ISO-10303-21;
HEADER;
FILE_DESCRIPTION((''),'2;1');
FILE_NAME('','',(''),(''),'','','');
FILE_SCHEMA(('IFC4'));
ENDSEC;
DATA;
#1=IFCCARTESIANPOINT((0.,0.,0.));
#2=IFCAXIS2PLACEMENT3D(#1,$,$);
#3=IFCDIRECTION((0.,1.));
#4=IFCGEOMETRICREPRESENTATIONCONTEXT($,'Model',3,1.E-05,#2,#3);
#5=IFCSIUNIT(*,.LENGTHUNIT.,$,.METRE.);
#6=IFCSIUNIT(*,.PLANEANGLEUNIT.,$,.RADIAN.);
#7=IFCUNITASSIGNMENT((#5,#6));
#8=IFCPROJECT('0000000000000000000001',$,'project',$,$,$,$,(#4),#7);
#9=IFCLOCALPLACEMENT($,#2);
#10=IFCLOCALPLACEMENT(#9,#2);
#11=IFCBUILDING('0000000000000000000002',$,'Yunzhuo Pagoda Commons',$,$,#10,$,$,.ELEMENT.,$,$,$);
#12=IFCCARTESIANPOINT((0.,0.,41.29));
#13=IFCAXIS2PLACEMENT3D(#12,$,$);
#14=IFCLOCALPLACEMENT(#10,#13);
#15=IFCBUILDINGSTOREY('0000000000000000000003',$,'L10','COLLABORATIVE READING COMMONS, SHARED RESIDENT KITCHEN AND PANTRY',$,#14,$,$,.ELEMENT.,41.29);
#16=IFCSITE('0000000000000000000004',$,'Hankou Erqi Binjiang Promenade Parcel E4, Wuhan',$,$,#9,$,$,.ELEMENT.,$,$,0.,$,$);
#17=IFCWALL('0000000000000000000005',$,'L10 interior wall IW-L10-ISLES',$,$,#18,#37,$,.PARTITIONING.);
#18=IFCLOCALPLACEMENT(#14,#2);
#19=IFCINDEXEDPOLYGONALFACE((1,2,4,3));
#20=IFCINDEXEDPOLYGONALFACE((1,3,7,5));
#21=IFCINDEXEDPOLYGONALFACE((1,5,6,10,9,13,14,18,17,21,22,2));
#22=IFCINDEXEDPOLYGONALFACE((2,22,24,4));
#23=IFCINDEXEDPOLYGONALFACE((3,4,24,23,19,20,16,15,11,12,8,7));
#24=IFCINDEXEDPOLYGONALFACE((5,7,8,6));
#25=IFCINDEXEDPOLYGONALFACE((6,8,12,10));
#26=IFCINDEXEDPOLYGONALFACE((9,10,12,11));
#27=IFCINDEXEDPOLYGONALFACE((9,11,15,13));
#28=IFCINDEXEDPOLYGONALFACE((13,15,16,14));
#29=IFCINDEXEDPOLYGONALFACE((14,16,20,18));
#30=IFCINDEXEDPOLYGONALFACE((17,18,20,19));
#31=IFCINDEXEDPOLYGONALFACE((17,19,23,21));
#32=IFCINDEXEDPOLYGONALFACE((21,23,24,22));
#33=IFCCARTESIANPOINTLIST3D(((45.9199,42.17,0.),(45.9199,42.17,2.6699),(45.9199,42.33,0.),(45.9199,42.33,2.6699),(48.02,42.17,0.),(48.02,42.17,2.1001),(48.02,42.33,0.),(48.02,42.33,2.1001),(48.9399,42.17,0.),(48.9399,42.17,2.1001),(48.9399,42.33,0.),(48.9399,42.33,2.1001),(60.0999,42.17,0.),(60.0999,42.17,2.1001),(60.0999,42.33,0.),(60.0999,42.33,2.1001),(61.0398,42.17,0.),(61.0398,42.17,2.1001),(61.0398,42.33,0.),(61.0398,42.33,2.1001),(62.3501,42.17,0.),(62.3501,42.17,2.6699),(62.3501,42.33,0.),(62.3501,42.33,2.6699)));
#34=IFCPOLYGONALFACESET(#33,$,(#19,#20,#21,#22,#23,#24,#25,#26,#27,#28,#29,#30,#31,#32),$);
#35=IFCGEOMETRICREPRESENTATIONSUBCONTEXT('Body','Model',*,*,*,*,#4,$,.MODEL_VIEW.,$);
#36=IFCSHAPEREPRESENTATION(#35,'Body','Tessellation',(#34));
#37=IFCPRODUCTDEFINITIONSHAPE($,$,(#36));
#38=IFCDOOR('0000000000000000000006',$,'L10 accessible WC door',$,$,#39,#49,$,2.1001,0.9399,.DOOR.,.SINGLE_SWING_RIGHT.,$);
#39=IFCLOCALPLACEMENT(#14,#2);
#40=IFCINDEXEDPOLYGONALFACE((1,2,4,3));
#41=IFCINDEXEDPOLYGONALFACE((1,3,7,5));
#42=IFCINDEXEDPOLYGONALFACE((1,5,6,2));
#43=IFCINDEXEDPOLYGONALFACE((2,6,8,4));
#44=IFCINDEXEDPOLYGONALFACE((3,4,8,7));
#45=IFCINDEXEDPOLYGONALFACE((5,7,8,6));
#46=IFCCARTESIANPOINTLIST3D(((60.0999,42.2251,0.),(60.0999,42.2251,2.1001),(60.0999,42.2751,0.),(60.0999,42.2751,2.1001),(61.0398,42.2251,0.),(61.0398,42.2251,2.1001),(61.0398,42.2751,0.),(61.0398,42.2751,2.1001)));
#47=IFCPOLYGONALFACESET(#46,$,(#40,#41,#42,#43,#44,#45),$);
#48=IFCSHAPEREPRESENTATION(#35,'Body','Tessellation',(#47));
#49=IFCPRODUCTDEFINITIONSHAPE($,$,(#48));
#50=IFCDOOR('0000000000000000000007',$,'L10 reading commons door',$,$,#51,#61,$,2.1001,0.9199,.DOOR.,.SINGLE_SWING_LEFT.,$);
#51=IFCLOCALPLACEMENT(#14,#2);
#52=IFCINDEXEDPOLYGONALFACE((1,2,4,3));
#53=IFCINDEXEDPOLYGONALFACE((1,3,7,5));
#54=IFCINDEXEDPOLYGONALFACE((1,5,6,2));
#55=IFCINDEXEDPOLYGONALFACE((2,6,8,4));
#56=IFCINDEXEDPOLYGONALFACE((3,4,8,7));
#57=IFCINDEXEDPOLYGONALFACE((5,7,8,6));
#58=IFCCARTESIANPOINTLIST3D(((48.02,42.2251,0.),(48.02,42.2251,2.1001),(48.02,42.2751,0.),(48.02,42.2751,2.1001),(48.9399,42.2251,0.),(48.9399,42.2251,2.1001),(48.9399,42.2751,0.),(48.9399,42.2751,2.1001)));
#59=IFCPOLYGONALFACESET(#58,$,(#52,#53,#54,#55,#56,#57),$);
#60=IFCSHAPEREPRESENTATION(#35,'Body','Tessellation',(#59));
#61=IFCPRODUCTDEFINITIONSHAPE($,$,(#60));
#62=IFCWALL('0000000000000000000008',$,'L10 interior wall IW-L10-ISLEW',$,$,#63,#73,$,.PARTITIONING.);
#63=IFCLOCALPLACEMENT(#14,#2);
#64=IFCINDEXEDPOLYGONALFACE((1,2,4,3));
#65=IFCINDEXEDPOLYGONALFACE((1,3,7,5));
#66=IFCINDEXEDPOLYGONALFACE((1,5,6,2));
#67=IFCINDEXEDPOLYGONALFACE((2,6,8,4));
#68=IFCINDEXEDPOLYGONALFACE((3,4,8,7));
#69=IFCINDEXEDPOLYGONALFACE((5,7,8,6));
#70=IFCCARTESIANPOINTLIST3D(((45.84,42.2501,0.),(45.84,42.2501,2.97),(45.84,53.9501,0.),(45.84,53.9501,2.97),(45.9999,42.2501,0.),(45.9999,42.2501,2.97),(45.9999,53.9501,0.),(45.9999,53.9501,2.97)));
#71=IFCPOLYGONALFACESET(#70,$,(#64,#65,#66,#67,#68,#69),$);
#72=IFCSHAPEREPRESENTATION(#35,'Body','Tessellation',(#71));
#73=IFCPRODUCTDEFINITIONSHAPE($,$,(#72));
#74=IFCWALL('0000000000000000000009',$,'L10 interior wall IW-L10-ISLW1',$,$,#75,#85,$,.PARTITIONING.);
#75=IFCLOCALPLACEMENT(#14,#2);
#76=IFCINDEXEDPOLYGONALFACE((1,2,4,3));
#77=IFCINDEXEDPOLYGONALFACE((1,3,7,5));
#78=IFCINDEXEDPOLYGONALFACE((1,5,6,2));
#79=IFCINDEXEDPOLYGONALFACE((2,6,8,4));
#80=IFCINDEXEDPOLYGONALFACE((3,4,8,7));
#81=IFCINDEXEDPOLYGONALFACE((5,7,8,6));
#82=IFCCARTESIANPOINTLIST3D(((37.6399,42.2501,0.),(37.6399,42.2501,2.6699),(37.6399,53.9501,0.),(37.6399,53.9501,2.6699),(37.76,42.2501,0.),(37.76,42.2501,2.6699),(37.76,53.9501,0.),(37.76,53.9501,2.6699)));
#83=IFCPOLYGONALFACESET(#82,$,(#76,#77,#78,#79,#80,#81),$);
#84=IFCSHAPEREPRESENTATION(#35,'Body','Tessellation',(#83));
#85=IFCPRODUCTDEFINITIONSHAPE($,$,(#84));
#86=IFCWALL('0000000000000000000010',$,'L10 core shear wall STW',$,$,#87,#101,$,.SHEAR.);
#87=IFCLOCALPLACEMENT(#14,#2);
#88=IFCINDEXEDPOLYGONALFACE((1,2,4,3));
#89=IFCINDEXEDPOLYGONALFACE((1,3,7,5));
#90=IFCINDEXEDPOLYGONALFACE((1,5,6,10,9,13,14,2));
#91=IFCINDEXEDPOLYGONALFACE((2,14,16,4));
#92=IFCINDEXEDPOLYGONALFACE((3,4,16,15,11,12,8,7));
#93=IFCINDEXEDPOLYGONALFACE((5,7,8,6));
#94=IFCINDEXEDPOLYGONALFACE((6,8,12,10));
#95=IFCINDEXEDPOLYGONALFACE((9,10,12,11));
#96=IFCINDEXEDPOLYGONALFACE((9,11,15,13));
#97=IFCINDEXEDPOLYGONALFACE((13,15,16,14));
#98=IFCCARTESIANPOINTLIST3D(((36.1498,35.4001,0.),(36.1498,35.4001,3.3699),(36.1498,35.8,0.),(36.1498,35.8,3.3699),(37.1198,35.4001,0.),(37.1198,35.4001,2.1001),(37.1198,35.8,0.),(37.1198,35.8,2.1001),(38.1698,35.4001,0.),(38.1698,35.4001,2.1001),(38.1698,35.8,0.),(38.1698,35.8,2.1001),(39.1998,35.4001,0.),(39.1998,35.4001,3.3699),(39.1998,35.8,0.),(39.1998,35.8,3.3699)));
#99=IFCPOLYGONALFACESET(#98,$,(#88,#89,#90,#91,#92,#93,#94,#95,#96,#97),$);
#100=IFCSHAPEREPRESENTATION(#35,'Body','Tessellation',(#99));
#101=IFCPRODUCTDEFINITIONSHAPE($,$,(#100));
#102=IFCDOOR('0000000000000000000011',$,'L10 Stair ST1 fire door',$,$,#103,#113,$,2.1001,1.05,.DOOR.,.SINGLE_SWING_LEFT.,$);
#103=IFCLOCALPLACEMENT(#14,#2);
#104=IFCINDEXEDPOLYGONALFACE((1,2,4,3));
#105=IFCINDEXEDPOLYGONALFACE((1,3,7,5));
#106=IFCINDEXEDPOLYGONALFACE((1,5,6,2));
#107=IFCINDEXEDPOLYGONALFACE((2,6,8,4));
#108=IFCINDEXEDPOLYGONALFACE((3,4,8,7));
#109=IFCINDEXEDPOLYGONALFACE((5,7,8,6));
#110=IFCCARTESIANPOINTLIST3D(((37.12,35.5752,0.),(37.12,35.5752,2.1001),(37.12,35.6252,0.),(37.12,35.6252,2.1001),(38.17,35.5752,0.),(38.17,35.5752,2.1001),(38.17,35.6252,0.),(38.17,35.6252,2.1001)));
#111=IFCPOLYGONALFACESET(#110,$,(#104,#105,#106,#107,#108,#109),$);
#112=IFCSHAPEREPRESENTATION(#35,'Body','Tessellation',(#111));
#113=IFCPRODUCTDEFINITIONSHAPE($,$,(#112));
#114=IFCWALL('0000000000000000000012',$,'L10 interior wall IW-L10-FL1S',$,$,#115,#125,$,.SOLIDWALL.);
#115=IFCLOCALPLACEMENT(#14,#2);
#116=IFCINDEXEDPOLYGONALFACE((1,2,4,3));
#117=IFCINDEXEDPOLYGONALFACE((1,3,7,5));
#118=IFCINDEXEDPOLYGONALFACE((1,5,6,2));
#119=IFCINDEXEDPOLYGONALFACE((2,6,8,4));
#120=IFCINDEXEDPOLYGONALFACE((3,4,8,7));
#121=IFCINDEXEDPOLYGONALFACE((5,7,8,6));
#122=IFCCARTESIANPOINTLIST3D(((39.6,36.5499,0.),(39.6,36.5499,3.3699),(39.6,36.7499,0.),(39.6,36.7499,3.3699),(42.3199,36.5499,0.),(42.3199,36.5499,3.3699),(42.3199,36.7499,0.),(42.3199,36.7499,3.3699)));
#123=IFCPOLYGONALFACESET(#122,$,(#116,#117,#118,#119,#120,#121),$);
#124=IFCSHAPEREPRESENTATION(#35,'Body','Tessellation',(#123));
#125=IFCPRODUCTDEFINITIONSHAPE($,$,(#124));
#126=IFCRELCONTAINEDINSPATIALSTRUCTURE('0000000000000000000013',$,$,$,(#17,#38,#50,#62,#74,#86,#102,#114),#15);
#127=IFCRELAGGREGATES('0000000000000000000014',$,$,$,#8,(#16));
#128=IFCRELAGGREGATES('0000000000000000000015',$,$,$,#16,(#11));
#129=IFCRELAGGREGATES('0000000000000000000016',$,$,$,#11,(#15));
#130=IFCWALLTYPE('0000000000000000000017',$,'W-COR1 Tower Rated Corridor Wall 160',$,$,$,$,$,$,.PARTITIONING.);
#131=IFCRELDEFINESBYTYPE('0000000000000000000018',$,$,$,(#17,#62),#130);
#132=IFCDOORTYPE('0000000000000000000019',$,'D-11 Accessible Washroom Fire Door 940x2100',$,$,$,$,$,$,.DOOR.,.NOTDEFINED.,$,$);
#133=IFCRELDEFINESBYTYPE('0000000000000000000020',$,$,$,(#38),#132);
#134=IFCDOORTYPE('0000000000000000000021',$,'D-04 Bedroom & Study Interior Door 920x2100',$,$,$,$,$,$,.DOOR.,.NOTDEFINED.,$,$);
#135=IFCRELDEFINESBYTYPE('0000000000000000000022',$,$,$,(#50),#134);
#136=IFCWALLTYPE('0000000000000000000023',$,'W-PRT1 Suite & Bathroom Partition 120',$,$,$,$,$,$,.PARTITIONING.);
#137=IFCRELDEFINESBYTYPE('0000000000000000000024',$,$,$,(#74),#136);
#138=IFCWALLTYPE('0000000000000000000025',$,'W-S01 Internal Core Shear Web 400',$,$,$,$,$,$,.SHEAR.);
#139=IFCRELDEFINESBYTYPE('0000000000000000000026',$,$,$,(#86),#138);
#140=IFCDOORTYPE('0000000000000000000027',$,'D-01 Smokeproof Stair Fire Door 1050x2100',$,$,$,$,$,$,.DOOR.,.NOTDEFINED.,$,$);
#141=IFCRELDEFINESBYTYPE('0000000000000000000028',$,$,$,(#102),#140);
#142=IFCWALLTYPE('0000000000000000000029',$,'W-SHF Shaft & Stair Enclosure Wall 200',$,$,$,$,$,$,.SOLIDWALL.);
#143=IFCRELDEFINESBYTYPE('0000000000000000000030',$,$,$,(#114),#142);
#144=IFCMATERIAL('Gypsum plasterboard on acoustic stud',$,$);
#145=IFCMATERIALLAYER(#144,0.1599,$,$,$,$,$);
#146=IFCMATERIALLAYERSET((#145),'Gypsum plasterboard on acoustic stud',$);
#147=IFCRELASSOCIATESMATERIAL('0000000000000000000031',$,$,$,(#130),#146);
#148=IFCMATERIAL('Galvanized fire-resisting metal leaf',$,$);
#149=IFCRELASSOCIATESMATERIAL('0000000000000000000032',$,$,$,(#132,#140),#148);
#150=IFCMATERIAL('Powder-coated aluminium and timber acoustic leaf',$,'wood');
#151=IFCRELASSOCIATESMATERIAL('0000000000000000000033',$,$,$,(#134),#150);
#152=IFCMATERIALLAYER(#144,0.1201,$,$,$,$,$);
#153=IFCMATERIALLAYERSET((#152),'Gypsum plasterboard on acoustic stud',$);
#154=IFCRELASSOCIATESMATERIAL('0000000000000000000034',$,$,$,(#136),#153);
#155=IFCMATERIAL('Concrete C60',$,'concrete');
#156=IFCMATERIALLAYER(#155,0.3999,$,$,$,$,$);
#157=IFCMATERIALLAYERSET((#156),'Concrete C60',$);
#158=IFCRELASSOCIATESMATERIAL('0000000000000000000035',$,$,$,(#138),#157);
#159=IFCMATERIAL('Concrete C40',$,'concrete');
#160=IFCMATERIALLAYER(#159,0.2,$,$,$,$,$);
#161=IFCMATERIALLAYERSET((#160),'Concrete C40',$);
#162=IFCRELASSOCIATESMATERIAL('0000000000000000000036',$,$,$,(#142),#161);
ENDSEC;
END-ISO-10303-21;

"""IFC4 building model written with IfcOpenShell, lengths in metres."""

from ifc_helpers import new_model, si_unit, direction, frame, frame_2d, origin, place, context, subcontext, project, spatial, rectangle, extrude, source, transform, mapped, material, layer, layer_set, type_object, element, fill, save


model = new_model("IFC4")

# Units and contexts
model_context = context("Model", 3, precision=1e-05, world=origin(), true_north=direction((0.0, 1.0)))
body_context = subcontext(model_context, "Body", "Model", "MODEL_VIEW")
ifc_project = project(units=[si_unit("LENGTHUNIT", "METRE"), si_unit("PLANEANGLEUNIT", "RADIAN")], contexts=[model_context])

# Site, building, storey
site_placement = place(None, origin())
site = spatial("IfcSite", under=ifc_project, at=site_placement, Name="Hankou Erqi Binjiang Promenade Parcel E4, Wuhan", CompositionType="ELEMENT", RefElevation=0.0)
building_placement = place(site_placement, origin())
building = spatial("IfcBuilding", under=site, at=building_placement, Name="Yunzhuo Pagoda Commons", CompositionType="ELEMENT")
storey_placement = place(building_placement, frame((0.0, 0.0, 41.29)))
storey = spatial("IfcBuildingStorey", under=building, at=storey_placement, Name="L10", Description="COLLABORATIVE READING COMMONS, SHARED RESIDENT KITCHEN AND PANTRY", CompositionType="ELEMENT", Elevation=41.29)

# Shared definitions
ifc_material_1 = material(Name="Concrete C60", Category="concrete")
ifc_material_2 = material(Name="Galvanized fire-resisting metal leaf")
shared_shape_1 = source(origin(), body_context, "Body", "SweptSolid", [
    extrude(rectangle(XDim=1.05, YDim=2.1001, at=frame_2d((0.5249, 1.05))), frame((0.0, 0.0249, 0.0), z_axis=(0.0, -1.0, 0.0), x_axis=(1.0, 0.0, 0.0)), (0.0, 0.0, 1.0), 0.05),
])

# Shared definitions
ifc_material_3 = material(Name="Gypsum plasterboard on acoustic stud")
ifc_layer_1 = layer(ifc_material_3, 0.1599)
ifc_layer_set_1 = layer_set([ifc_layer_1], Name="Gypsum plasterboard on acoustic stud")
wall_type_1 = type_object("IfcWallType", Name="W-COR1 Tower Rated Corridor Wall 160", PredefinedType="PARTITIONING", material=ifc_layer_set_1)

# Wall, openings, doors
wall_1_placement = place(storey_placement, frame((45.9199, 42.25, 0.0), z_axis=(0.0, 0.0, 1.0), x_axis=(1.0, 0.0, 0.0)))
wall_1 = element("IfcWall", 1, at=wall_1_placement, inside=storey, type_object=wall_type_1, Name="L10 interior wall IW-L10-ISLES", PredefinedType="PARTITIONING", context=body_context, shape_type="SweptSolid", body=[
    extrude(rectangle(XDim=16.4302, YDim=0.1599, at=frame_2d((8.2151, 0.0))), origin(), (0.0, 0.0, 1.0), 2.6699),
])
opening_1_placement = place(wall_1_placement, frame((2.1001, 0.0, 0.0)))
opening_1 = element("IfcOpeningElement", 2, at=opening_1_placement, cuts=wall_1, PredefinedType="OPENING", context=body_context, shape_type="SweptSolid", body=[
    extrude(rectangle(XDim=0.9199, YDim=2.1001, at=frame_2d((0.46, 1.05))), frame((0.0, 0.0898, 0.0), z_axis=(0.0, -1.0, 0.0), x_axis=(1.0, 0.0, 0.0)), (0.0, 0.0, 1.0), 0.1799),
])
opening_2_placement = place(wall_1_placement, frame((14.1799, 0.0, 0.0)))
opening_2 = element("IfcOpeningElement", 3, at=opening_2_placement, cuts=wall_1, PredefinedType="OPENING", context=body_context, shape_type="SweptSolid", body=[
    extrude(rectangle(XDim=0.9399, YDim=2.1001, at=frame_2d((0.47, 1.05))), frame((0.0, 0.0898, 0.0), z_axis=(0.0, -1.0, 0.0), x_axis=(1.0, 0.0, 0.0)), (0.0, 0.0, 1.0), 0.1799),
])
door_type_1 = type_object("IfcDoorType", Name="D-11 Accessible Washroom Fire Door 940x2100", OperationType="NOTDEFINED", PredefinedType="DOOR", material=ifc_material_2)
shared_shape_2 = source(origin(), body_context, "Body", "SweptSolid", [
    extrude(rectangle(XDim=0.9399, YDim=2.1001, at=frame_2d((0.47, 1.05))), frame((0.0, 0.0249, 0.0), z_axis=(0.0, -1.0, 0.0), x_axis=(1.0, 0.0, 0.0)), (0.0, 0.0, 1.0), 0.05),
])
door_1_placement = place(opening_2_placement, frame((0.9399, 0.0, 0.0), z_axis=(0.0, 0.0, 1.0), x_axis=(-1.0, 0.0, 0.0)))
door_1 = element("IfcDoor", 4, at=door_1_placement, inside=storey, type_object=door_type_1, Name="L10 accessible WC door", OperationType="SINGLE_SWING_RIGHT", OverallHeight=2.1001, OverallWidth=0.9399, PredefinedType="DOOR", context=body_context, shape_type="MappedRepresentation", body=[
    mapped(shared_shape_2, transform((0.0, 0.0, 0.0), scale=1.0)),
])
fill(opening_2, door_1)
ifc_material_4 = material(Name="Powder-coated aluminium and timber acoustic leaf", Category="wood")
door_type_2 = type_object("IfcDoorType", Name="D-04 Bedroom & Study Interior Door 920x2100", OperationType="NOTDEFINED", PredefinedType="DOOR", material=ifc_material_4)
shared_shape_3 = source(origin(), body_context, "Body", "SweptSolid", [
    extrude(rectangle(XDim=0.9199, YDim=2.1001, at=frame_2d((0.46, 1.05))), frame((0.0, 0.0249, 0.0), z_axis=(0.0, -1.0, 0.0), x_axis=(1.0, 0.0, 0.0)), (0.0, 0.0, 1.0), 0.05),
])
door_2_placement = place(opening_1_placement, frame((0.9199, 0.0, 0.0), z_axis=(0.0, 0.0, 1.0), x_axis=(-1.0, 0.0, 0.0)))
door_2 = element("IfcDoor", 5, at=door_2_placement, inside=storey, type_object=door_type_2, Name="L10 reading commons door", OperationType="SINGLE_SWING_LEFT", OverallHeight=2.1001, OverallWidth=0.9199, PredefinedType="DOOR", context=body_context, shape_type="MappedRepresentation", body=[
    mapped(shared_shape_3, transform((0.0, 0.0, 0.0), scale=1.0)),
])
fill(opening_1, door_2)

# Walls
wall_2_placement = place(storey_placement, frame((45.9199, 42.25, 0.0), z_axis=(0.0, 0.0, 1.0), x_axis=(0.0, 1.0, 0.0)))
element("IfcWall", 6, at=wall_2_placement, inside=storey, type_object=wall_type_1, Name="L10 interior wall IW-L10-ISLEW", PredefinedType="PARTITIONING", context=body_context, shape_type="SweptSolid", body=[
    extrude(rectangle(XDim=11.7, YDim=0.1599, at=frame_2d((5.8501, 0.0))), origin(), (0.0, 0.0, 1.0), 2.97),
])
ifc_layer_2 = layer(ifc_material_3, 0.1201)
ifc_layer_set_2 = layer_set([ifc_layer_2], Name="Gypsum plasterboard on acoustic stud")
wall_type_2 = type_object("IfcWallType", Name="W-PRT1 Suite & Bathroom Partition 120", PredefinedType="PARTITIONING", material=ifc_layer_set_2)
wall_3_placement = place(storey_placement, frame((37.7, 42.25, 0.0), z_axis=(0.0, 0.0, 1.0), x_axis=(0.0, 1.0, 0.0)))
element("IfcWall", 7, at=wall_3_placement, inside=storey, type_object=wall_type_2, Name="L10 interior wall IW-L10-ISLW1", PredefinedType="PARTITIONING", context=body_context, shape_type="SweptSolid", body=[
    extrude(rectangle(XDim=11.7, YDim=0.1201, at=frame_2d((5.8501, 0.0))), origin(), (0.0, 0.0, 1.0), 2.6699),
])

# Wall, opening, door
ifc_layer_3 = layer(ifc_material_1, 0.3999)
ifc_layer_set_3 = layer_set([ifc_layer_3], Name="Concrete C60")
wall_type_3 = type_object("IfcWallType", Name="W-S01 Internal Core Shear Web 400", PredefinedType="SHEAR", material=ifc_layer_set_3)
wall_4_placement = place(storey_placement, frame((36.1499, 35.6001, 0.0), z_axis=(0.0, 0.0, 1.0), x_axis=(1.0, 0.0, 0.0)))
wall_4 = element("IfcWall", 8, at=wall_4_placement, inside=storey, type_object=wall_type_3, Name="L10 core shear wall STW", PredefinedType="SHEAR", context=body_context, shape_type="SweptSolid", body=[
    extrude(rectangle(XDim=3.05, YDim=0.3999, at=frame_2d((1.5249, 0.0))), origin(), (0.0, 0.0, 1.0), 3.3699),
])
opening_3_placement = place(wall_4_placement, frame((0.97, 0.0, 0.0)))
opening_3 = element("IfcOpeningElement", 9, at=opening_3_placement, cuts=wall_4, PredefinedType="OPENING", context=body_context, shape_type="SweptSolid", body=[
    extrude(rectangle(XDim=1.05, YDim=2.1001, at=frame_2d((0.5249, 1.05))), frame((0.0, 0.21, 0.0), z_axis=(0.0, -1.0, 0.0), x_axis=(1.0, 0.0, 0.0)), (0.0, 0.0, 1.0), 0.4199),
])
door_type_3 = type_object("IfcDoorType", Name="D-01 Smokeproof Stair Fire Door 1050x2100", OperationType="NOTDEFINED", PredefinedType="DOOR", material=ifc_material_2)
door_3_placement = place(opening_3_placement, frame((1.05, 0.0, 0.0), z_axis=(0.0, 0.0, 1.0), x_axis=(-1.0, 0.0, 0.0)))
door_3 = element("IfcDoor", 10, at=door_3_placement, inside=storey, type_object=door_type_3, Name="L10 Stair ST1 fire door", OperationType="SINGLE_SWING_LEFT", OverallHeight=2.1001, OverallWidth=1.05, PredefinedType="DOOR", context=body_context, shape_type="MappedRepresentation", body=[
    mapped(shared_shape_1, transform((0.0, 0.0, 0.0), scale=1.0)),
])
fill(opening_3, door_3)

# Wall
ifc_material_5 = material(Name="Concrete C40", Category="concrete")
ifc_layer_4 = layer(ifc_material_5, 0.2)
ifc_layer_set_4 = layer_set([ifc_layer_4], Name="Concrete C40")
wall_type_4 = type_object("IfcWallType", Name="W-SHF Shaft & Stair Enclosure Wall 200", PredefinedType="SOLIDWALL", material=ifc_layer_set_4)
wall_5_placement = place(storey_placement, frame((39.6001, 36.6499, 0.0), z_axis=(0.0, 0.0, 1.0), x_axis=(1.0, 0.0, 0.0)))
element("IfcWall", 11, at=wall_5_placement, inside=storey, type_object=wall_type_4, Name="L10 interior wall IW-L10-FL1S", PredefinedType="SOLIDWALL", context=body_context, shape_type="SweptSolid", body=[
    extrude(rectangle(XDim=2.72, YDim=0.2, at=frame_2d((1.3599, 0.0))), origin(), (0.0, 0.0, 1.0), 3.3699),
])

save(model, "model.ifc")
